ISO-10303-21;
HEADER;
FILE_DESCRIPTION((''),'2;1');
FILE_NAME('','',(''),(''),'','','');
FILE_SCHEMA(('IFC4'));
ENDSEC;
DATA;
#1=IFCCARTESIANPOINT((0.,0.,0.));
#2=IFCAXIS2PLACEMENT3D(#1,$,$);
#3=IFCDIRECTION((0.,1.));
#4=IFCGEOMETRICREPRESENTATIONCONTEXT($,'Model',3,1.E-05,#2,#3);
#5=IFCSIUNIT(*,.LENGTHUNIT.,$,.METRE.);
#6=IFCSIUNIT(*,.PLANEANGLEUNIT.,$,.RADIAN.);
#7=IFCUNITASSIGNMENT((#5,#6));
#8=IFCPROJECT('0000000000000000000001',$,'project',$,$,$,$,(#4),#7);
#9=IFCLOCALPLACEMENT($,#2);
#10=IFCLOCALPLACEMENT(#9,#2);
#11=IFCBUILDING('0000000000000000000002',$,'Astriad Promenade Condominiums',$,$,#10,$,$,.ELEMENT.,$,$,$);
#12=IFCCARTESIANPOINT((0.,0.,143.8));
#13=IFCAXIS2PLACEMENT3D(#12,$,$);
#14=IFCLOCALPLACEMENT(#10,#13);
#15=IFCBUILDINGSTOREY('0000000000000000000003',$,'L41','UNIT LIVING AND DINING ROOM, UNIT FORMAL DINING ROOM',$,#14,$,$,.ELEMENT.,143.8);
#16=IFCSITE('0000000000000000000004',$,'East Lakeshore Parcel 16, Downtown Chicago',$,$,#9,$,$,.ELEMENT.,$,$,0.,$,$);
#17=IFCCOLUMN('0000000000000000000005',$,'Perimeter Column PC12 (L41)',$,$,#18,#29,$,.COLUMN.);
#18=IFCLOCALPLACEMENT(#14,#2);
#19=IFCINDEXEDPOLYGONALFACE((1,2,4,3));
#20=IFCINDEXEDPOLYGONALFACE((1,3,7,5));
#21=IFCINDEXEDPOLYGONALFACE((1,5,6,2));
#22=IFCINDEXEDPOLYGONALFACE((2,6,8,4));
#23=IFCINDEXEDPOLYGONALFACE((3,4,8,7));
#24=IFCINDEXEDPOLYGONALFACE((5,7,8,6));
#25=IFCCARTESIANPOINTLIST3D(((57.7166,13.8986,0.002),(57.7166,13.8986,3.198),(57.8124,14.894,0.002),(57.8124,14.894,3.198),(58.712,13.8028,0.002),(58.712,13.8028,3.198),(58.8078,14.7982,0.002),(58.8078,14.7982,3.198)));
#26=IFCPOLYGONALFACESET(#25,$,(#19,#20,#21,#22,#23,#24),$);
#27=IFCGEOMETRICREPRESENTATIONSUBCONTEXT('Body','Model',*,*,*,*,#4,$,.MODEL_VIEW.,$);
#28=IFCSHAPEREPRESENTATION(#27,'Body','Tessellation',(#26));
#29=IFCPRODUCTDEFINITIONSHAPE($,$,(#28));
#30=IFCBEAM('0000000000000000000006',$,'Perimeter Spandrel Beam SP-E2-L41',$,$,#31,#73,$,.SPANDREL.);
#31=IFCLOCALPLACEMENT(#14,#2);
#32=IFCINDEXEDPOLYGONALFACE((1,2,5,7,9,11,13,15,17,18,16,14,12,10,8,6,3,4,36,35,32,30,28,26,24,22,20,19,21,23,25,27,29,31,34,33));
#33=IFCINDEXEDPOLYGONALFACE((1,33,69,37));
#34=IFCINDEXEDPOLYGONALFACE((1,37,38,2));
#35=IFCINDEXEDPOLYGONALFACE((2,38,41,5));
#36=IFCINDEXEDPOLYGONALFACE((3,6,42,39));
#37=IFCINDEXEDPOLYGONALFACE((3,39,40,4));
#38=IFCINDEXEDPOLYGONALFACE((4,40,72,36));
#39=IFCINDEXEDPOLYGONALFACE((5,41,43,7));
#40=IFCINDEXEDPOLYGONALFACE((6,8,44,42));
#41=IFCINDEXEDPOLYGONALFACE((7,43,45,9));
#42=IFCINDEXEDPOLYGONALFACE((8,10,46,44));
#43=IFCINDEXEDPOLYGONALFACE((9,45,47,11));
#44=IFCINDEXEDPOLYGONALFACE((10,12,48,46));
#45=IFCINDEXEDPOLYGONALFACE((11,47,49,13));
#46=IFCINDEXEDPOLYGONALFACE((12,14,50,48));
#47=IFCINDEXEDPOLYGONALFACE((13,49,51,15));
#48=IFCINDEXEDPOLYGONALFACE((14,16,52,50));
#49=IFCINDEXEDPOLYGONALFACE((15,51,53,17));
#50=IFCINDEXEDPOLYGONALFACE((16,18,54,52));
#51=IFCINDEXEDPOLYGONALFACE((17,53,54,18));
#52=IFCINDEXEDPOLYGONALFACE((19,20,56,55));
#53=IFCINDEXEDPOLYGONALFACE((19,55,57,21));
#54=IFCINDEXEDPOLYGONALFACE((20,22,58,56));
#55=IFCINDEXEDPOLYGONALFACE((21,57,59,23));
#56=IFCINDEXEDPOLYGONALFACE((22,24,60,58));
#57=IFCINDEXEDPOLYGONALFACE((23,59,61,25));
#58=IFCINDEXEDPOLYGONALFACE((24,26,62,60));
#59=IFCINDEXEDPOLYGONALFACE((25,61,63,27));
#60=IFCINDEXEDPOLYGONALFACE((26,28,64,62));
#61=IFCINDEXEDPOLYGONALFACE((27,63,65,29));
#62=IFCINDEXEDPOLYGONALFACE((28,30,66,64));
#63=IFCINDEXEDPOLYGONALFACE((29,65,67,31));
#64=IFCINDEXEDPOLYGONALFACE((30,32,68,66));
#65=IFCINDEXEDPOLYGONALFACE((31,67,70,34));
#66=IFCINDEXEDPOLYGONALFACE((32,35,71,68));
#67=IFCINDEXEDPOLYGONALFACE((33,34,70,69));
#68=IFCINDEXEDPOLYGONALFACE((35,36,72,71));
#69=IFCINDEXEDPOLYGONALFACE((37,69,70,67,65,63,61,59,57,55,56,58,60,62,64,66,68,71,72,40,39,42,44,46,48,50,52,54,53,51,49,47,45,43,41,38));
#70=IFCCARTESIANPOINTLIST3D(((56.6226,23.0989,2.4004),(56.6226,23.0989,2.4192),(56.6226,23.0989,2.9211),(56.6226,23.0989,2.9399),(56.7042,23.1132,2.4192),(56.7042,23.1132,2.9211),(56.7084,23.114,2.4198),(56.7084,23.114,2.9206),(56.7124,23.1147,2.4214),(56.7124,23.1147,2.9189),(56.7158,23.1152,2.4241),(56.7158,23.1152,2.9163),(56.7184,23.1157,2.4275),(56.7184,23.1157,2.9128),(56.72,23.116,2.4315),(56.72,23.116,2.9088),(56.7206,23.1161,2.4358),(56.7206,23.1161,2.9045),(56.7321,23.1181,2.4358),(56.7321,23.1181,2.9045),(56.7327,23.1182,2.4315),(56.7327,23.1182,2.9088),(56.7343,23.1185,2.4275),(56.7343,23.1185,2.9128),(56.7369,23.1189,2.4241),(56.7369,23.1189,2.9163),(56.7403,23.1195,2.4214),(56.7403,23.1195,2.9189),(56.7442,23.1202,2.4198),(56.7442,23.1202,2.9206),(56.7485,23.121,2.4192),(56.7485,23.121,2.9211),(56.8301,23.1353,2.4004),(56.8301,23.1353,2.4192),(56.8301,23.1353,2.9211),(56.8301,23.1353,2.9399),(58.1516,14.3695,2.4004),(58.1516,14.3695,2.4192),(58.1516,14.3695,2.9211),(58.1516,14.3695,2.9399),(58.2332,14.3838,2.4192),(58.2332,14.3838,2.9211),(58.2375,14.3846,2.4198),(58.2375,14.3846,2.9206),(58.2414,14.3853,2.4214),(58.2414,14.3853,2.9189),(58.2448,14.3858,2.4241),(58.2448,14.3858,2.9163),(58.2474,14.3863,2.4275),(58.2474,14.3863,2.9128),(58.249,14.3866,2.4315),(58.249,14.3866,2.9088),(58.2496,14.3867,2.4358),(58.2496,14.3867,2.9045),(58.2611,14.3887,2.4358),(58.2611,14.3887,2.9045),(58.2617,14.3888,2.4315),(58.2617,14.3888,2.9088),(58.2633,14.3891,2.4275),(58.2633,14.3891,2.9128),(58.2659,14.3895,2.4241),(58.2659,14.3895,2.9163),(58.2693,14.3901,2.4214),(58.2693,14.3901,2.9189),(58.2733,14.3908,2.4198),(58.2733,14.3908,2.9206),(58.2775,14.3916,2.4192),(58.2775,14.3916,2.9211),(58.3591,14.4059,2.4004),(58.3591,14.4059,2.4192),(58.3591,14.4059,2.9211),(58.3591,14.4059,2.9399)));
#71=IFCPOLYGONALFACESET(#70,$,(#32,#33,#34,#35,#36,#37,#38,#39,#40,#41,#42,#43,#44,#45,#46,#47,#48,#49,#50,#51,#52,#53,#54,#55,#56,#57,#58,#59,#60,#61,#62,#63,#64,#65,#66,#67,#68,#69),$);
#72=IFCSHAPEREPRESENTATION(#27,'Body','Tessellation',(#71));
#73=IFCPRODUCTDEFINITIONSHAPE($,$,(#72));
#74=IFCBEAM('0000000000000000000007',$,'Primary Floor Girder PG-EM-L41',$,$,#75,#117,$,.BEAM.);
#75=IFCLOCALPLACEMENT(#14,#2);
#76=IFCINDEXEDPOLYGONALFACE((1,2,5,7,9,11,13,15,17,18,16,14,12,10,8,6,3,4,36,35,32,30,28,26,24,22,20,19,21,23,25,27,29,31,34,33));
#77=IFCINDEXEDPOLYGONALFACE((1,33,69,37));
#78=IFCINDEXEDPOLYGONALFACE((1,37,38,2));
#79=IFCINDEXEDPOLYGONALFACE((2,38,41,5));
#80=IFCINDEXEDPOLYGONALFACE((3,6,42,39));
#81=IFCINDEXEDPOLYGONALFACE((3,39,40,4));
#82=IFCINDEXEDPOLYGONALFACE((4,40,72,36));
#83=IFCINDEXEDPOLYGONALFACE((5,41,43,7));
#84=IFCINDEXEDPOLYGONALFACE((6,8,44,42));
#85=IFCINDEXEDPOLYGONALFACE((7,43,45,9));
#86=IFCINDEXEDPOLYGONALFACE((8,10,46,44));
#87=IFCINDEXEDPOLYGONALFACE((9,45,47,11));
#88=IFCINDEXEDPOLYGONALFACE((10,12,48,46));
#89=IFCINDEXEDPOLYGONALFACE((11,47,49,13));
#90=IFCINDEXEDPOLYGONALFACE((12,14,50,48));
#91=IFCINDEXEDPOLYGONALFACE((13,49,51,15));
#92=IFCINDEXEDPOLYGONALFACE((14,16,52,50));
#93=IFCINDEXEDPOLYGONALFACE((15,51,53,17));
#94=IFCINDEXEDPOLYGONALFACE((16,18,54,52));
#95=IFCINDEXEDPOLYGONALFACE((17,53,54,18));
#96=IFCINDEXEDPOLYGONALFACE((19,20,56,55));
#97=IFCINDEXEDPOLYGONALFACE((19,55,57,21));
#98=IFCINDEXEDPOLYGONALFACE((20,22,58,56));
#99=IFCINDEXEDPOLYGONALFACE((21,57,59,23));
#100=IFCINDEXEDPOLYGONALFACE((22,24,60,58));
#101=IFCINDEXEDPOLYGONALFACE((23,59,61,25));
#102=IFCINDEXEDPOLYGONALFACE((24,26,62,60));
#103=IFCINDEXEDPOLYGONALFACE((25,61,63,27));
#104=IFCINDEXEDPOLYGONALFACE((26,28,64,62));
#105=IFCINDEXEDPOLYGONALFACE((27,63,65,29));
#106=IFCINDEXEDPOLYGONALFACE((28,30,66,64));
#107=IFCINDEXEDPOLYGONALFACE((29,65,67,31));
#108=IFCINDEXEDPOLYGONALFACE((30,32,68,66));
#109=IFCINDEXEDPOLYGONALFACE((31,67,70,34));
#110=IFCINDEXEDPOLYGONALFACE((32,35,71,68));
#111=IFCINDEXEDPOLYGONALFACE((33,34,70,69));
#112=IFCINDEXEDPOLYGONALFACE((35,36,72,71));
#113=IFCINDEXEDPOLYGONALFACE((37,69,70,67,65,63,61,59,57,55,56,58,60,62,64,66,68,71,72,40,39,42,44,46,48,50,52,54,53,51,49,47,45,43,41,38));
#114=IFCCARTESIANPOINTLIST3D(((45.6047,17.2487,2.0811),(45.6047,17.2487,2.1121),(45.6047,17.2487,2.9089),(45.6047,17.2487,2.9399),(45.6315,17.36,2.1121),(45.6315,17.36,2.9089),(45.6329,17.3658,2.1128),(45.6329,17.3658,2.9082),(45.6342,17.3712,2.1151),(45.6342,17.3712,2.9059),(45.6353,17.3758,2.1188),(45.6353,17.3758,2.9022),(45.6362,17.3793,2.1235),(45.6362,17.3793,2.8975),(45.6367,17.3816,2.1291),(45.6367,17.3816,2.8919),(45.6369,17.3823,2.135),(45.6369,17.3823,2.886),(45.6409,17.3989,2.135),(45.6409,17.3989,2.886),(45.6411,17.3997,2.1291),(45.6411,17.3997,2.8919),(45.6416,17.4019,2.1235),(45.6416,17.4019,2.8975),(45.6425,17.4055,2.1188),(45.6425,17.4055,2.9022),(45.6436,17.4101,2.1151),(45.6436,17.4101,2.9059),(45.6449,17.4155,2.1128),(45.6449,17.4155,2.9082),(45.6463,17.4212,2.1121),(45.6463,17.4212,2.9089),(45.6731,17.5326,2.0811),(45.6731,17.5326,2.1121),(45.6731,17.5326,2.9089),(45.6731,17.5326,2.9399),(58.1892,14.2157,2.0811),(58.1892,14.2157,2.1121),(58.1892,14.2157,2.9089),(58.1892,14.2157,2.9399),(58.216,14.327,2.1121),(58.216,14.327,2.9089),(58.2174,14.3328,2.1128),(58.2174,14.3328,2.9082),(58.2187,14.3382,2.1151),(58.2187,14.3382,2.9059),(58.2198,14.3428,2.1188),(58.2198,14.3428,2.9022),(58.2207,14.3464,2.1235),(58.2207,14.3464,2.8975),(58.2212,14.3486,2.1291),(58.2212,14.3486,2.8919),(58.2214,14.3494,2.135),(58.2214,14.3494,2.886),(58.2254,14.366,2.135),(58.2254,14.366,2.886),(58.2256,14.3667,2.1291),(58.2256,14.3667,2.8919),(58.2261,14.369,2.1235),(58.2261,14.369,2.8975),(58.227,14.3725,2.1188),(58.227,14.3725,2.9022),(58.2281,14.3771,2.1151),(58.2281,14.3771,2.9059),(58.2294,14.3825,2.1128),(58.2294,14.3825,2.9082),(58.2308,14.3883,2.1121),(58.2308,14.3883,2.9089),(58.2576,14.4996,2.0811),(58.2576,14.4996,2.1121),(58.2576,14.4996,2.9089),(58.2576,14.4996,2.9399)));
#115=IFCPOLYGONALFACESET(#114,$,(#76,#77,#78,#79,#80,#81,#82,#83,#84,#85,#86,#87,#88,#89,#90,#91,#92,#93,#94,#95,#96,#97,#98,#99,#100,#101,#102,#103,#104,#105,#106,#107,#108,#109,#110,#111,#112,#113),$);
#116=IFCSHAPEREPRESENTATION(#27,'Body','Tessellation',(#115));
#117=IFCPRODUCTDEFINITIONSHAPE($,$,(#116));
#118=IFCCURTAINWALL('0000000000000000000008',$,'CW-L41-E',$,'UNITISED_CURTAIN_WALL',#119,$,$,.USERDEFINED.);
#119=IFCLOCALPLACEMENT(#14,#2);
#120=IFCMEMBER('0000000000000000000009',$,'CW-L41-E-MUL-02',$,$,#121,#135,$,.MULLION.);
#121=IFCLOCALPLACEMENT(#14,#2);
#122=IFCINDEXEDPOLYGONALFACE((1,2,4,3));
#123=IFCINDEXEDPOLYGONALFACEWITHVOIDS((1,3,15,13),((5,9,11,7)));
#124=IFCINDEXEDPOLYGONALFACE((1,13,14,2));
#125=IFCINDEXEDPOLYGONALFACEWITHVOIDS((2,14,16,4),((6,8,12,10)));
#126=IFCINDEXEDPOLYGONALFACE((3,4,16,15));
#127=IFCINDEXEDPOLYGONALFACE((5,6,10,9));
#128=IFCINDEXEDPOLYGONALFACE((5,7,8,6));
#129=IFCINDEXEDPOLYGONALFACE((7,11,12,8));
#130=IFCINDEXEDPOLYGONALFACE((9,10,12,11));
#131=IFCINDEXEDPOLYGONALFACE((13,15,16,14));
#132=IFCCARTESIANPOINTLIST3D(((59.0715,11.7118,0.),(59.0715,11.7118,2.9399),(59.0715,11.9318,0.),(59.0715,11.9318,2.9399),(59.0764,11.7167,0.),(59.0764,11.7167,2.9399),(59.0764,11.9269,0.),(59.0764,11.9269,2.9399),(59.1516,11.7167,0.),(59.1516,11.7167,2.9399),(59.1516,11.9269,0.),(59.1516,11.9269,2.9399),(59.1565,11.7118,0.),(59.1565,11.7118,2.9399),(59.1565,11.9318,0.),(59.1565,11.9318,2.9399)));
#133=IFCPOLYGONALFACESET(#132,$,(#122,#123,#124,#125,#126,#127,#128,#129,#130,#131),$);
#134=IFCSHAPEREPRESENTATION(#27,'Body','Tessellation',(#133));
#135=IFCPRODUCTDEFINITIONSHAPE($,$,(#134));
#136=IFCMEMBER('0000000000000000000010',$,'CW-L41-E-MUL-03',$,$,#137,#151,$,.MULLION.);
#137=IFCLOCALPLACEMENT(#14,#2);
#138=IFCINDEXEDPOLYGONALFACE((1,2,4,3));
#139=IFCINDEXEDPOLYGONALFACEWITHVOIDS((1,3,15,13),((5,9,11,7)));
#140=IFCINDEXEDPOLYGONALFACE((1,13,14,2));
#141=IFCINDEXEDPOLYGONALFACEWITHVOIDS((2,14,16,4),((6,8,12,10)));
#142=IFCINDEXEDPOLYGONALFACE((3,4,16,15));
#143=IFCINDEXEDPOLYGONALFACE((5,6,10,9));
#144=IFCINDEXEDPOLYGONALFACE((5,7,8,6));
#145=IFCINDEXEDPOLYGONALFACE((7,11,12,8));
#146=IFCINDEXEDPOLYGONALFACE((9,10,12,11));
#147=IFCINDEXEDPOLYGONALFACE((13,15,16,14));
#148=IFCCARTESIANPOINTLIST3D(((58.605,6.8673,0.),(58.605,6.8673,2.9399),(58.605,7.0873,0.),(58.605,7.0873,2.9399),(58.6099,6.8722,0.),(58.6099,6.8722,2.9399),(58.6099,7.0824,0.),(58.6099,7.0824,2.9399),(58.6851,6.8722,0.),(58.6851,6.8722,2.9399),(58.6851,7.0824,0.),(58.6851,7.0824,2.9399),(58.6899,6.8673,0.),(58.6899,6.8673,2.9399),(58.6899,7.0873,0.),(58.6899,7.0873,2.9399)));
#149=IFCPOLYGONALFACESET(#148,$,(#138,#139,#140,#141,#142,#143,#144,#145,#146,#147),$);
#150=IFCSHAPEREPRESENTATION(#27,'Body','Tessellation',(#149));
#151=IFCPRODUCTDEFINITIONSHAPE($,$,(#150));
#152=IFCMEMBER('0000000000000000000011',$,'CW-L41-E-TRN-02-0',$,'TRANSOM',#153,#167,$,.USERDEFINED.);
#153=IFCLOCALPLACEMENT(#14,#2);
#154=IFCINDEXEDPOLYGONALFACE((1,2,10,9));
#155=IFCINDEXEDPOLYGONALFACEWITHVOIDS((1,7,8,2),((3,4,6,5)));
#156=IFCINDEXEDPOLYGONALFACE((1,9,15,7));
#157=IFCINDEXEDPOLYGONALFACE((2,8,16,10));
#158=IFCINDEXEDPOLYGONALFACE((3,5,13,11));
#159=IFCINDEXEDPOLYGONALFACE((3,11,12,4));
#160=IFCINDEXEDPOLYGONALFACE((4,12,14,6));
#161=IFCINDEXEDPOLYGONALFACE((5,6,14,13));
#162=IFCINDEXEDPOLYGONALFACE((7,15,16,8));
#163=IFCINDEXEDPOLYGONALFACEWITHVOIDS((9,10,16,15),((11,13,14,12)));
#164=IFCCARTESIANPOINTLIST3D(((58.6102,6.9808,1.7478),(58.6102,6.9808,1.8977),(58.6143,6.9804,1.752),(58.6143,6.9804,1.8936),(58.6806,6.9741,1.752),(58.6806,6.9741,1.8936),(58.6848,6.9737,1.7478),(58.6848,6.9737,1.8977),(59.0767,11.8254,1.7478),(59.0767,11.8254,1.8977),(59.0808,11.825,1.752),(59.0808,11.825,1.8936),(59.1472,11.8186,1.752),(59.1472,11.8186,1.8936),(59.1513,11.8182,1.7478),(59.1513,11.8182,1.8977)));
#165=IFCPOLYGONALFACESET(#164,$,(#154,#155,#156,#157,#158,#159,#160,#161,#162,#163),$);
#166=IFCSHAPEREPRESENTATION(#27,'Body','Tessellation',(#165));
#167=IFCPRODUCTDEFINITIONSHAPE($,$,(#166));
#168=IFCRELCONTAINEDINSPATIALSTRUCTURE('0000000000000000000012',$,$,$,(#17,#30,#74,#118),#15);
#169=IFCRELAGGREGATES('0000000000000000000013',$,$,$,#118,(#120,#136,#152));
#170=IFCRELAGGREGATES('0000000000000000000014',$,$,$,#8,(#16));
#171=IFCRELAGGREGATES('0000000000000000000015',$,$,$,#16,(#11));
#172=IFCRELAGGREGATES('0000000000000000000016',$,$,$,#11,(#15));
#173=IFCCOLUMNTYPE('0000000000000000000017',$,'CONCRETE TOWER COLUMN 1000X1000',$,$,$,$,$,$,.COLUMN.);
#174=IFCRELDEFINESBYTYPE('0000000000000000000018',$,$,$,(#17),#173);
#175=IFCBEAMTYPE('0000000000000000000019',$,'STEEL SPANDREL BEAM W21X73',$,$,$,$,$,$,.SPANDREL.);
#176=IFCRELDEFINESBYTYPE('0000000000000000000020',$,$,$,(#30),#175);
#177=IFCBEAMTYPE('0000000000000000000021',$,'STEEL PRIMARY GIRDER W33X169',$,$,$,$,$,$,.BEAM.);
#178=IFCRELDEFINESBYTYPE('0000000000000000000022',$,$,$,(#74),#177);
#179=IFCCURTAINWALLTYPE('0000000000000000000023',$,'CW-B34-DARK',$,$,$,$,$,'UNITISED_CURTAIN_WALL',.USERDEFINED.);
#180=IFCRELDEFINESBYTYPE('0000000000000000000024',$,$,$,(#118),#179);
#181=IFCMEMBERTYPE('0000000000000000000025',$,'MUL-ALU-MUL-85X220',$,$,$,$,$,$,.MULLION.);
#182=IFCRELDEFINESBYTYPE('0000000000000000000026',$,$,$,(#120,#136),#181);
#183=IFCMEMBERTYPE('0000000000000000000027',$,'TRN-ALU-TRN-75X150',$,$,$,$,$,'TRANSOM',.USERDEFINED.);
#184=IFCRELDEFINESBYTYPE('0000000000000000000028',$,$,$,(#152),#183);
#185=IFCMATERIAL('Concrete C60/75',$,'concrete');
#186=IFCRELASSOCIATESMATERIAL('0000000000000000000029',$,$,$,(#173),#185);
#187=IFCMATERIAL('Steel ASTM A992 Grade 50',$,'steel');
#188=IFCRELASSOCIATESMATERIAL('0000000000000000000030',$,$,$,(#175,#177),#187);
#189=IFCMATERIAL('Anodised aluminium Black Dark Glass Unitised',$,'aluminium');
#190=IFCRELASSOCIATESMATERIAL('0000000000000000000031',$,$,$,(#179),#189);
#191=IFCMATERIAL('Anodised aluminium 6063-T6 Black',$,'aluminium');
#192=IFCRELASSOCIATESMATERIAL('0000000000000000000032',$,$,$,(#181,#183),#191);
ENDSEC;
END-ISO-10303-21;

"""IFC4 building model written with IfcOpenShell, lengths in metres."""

from ifc_helpers import new_model, si_unit, direction, frame, origin, origin_2d, place, context, subcontext, project, spatial, rectangle, hollow_rectangle, i_section, extrude, source, transform, mapped, material, material_profile, profile_set, type_object, type_shapes, element, aggregate, save


model = new_model("IFC4")

# Units and contexts
model_context = context("Model", 3, precision=1e-05, world=origin(), true_north=direction((0.0, 1.0)))
body_context = subcontext(model_context, "Body", "Model", "MODEL_VIEW")
ifc_project = project(units=[si_unit("LENGTHUNIT", "METRE"), si_unit("PLANEANGLEUNIT", "RADIAN")], contexts=[model_context])

# Site, building, storey
site_placement = place(None, origin())
site = spatial("IfcSite", under=ifc_project, at=site_placement, Name="East Lakeshore Parcel 16, Downtown Chicago", CompositionType="ELEMENT", RefElevation=0.0)
building_placement = place(site_placement, origin())
building = spatial("IfcBuilding", under=site, at=building_placement, Name="Astriad Promenade Condominiums", CompositionType="ELEMENT")
storey_placement = place(building_placement, frame((0.0, 0.0, 143.8)))
storey = spatial("IfcBuildingStorey", under=building, at=storey_placement, Name="L41", Description="UNIT LIVING AND DINING ROOM, UNIT FORMAL DINING ROOM", CompositionType="ELEMENT", Elevation=143.8)

# Column
ifc_material_1 = material(Name="Concrete C60/75", Category="concrete")
ifc_material_profile_1 = material_profile(ifc_material_1, rectangle(XDim=1.0, YDim=1.0, at=origin_2d()), Name="RC-COL-1000X1000")
ifc_profile_set_1 = profile_set([ifc_material_profile_1], Name="Concrete C60/75")
column_type = type_object("IfcColumnType", Name="CONCRETE TOWER COLUMN 1000X1000", PredefinedType="COLUMN", material=ifc_profile_set_1)
shared_shape_1 = source(origin(), body_context, "Body", "SweptSolid", [
    extrude(rectangle(XDim=1.0, YDim=1.0, at=origin_2d()), origin(), (0.0, 0.0, 1.0), 3.196),
])
type_shapes(column_type, [shared_shape_1])
column_placement = place(storey_placement, frame((58.2622, 14.3484, 0.002), z_axis=(0.0, 0.0, 1.0), x_axis=(0.995396, -0.095846, 0.0)))
element("IfcColumn", 1, at=column_placement, inside=storey, type_object=column_type, Name="Perimeter Column PC12 (L41)", PredefinedType="COLUMN", context=body_context, shape_type="MappedRepresentation", body=[
    mapped(shared_shape_1, transform((0.0, 0.0, 0.0), scale=1.0)),
])

# Beams
ifc_material_2 = material(Name="Steel ASTM A992 Grade 50", Category="steel")
ifc_material_profile_2 = material_profile(ifc_material_2, i_section(OverallWidth=0.2107, OverallDepth=0.5396, WebThickness=0.0117, FlangeThickness=0.0188, FilletRadius=0.0166, at=origin_2d()), Name="W21X73")
ifc_profile_set_2 = profile_set([ifc_material_profile_2], Name="Steel ASTM A992 Grade 50")
beam_type_1 = type_object("IfcBeamType", Name="STEEL SPANDREL BEAM W21X73", PredefinedType="SPANDREL", material=ifc_profile_set_2)
shared_shape_2 = source(origin(), body_context, "Body", "SweptSolid", [
    extrude(i_section(OverallWidth=0.2107, OverallDepth=0.5396, WebThickness=0.0117, FlangeThickness=0.0188, FilletRadius=0.0166, at=origin_2d()), origin(), (0.0, 0.0, 1.0), 8.8623),
])
type_shapes(beam_type_1, [shared_shape_2])
beam_1_placement = place(storey_placement, frame((58.2554, 14.3877, 2.6702), z_axis=(-0.172533, 0.985004, 0.0), x_axis=(-0.985004, -0.172533, 0.0)))
element("IfcBeam", 2, at=beam_1_placement, inside=storey, type_object=beam_type_1, Name="Perimeter Spandrel Beam SP-E2-L41", PredefinedType="SPANDREL", context=body_context, shape_type="MappedRepresentation", body=[
    mapped(shared_shape_2, transform((0.0, 0.0, 0.0), scale=1.0)),
])
ifc_material_profile_3 = material_profile(ifc_material_2, i_section(OverallWidth=0.292, OverallDepth=0.8589, WebThickness=0.0171, FlangeThickness=0.031, FilletRadius=0.0229, at=origin_2d()), Name="W33X169")
ifc_profile_set_3 = profile_set([ifc_material_profile_3], Name="Steel ASTM A992 Grade 50")
beam_type_2 = type_object("IfcBeamType", Name="STEEL PRIMARY GIRDER W33X169", PredefinedType="BEAM", material=ifc_profile_set_3)
shared_shape_3 = source(origin(), body_context, "Body", "SweptSolid", [
    extrude(i_section(OverallWidth=0.292, OverallDepth=0.8589, WebThickness=0.0171, FlangeThickness=0.031, FilletRadius=0.0229, at=origin_2d()), origin(), (0.0, 0.0, 1.0), 12.9448),
])
type_shapes(beam_type_2, [shared_shape_3])
beam_2_placement = place(storey_placement, frame((58.2234, 14.3577, 2.5105), z_axis=(-0.972164, 0.234299, 0.0), x_axis=(-0.234299, -0.972164, 0.0)))
element("IfcBeam", 3, at=beam_2_placement, inside=storey, type_object=beam_type_2, Name="Primary Floor Girder PG-EM-L41", PredefinedType="BEAM", context=body_context, shape_type="MappedRepresentation", body=[
    mapped(shared_shape_3, transform((0.0, 0.0, 0.0), scale=1.0)),
])

# Curtain wall, members
ifc_material_3 = material(Name="Anodised aluminium Black Dark Glass Unitised", Category="aluminium")
curtain_wall_type = type_object("IfcCurtainWallType", Name="CW-B34-DARK", ElementType="UNITISED_CURTAIN_WALL", PredefinedType="USERDEFINED", material=ifc_material_3)
curtain_wall_placement = place(storey_placement, origin())
curtain_wall = element("IfcCurtainWall", 4, at=curtain_wall_placement, inside=storey, type_object=curtain_wall_type, Name="CW-L41-E", ObjectType="UNITISED_CURTAIN_WALL", PredefinedType="USERDEFINED")
ifc_material_4 = material(Name="Anodised aluminium 6063-T6 Black", Category="aluminium")
ifc_material_profile_4 = material_profile(ifc_material_4, hollow_rectangle(XDim=0.085, YDim=0.22, WallThickness=0.0049, at=origin_2d()), Name="ALU-MUL-85X220")
ifc_profile_set_4 = profile_set([ifc_material_profile_4], Name="Anodised aluminium 6063-T6 Black")
member_type_1 = type_object("IfcMemberType", Name="MUL-ALU-MUL-85X220", PredefinedType="MULLION", material=ifc_profile_set_4)
shared_shape_4 = source(origin(), body_context, "Body", "SweptSolid", [
    extrude(hollow_rectangle(XDim=0.085, YDim=0.22, WallThickness=0.0049, at=origin_2d()), origin(), (0.0, 0.0, 1.0), 2.9399),
])
type_shapes(member_type_1, [shared_shape_4])
member_1_placement = place(storey_placement, frame((59.114, 11.8218, 0.0), z_axis=(0.0, 0.0, 1.0), x_axis=(1.0, 0.0, 0.0)))
member_1 = element("IfcMember", 5, at=member_1_placement, type_object=member_type_1, Name="CW-L41-E-MUL-02", PredefinedType="MULLION", context=body_context, shape_type="MappedRepresentation", body=[
    mapped(shared_shape_4, transform((0.0, 0.0, 0.0), scale=1.0)),
])
member_2_placement = place(storey_placement, frame((58.6475, 6.9773, 0.0), z_axis=(0.0, 0.0, 1.0), x_axis=(1.0, 0.0, 0.0)))
member_2 = element("IfcMember", 6, at=member_2_placement, type_object=member_type_1, Name="CW-L41-E-MUL-03", PredefinedType="MULLION", context=body_context, shape_type="MappedRepresentation", body=[
    mapped(shared_shape_4, transform((0.0, 0.0, 0.0), scale=1.0)),
])
ifc_material_profile_5 = material_profile(ifc_material_4, hollow_rectangle(XDim=0.075, YDim=0.1499, WallThickness=0.0042, at=origin_2d()), Name="ALU-TRN-75X150")
ifc_profile_set_5 = profile_set([ifc_material_profile_5], Name="Anodised aluminium 6063-T6 Black")
member_type_2 = type_object("IfcMemberType", Name="TRN-ALU-TRN-75X150", ElementType="TRANSOM", PredefinedType="USERDEFINED", material=ifc_profile_set_5)
shared_shape_5 = source(origin(), body_context, "Body", "SweptSolid", [
    extrude(hollow_rectangle(XDim=0.075, YDim=0.1499, WallThickness=0.0042, at=origin_2d()), origin(), (0.0, 0.0, 1.0), 4.8669),
])
type_shapes(member_type_2, [shared_shape_5])
member_3_placement = place(storey_placement, frame((59.114, 11.8218, 1.8228), z_axis=(-0.095862, -0.995395, 0.0), x_axis=(0.995395, -0.095862, 0.0)))
member_3 = element("IfcMember", 7, at=member_3_placement, type_object=member_type_2, Name="CW-L41-E-TRN-02-0", ObjectType="TRANSOM", PredefinedType="USERDEFINED", context=body_context, shape_type="MappedRepresentation", body=[
    mapped(shared_shape_5, transform((0.0, 0.0, 0.0), scale=1.0)),
])
aggregate(curtain_wall, [member_1, member_2, member_3])

save(model, "model.ifc")
